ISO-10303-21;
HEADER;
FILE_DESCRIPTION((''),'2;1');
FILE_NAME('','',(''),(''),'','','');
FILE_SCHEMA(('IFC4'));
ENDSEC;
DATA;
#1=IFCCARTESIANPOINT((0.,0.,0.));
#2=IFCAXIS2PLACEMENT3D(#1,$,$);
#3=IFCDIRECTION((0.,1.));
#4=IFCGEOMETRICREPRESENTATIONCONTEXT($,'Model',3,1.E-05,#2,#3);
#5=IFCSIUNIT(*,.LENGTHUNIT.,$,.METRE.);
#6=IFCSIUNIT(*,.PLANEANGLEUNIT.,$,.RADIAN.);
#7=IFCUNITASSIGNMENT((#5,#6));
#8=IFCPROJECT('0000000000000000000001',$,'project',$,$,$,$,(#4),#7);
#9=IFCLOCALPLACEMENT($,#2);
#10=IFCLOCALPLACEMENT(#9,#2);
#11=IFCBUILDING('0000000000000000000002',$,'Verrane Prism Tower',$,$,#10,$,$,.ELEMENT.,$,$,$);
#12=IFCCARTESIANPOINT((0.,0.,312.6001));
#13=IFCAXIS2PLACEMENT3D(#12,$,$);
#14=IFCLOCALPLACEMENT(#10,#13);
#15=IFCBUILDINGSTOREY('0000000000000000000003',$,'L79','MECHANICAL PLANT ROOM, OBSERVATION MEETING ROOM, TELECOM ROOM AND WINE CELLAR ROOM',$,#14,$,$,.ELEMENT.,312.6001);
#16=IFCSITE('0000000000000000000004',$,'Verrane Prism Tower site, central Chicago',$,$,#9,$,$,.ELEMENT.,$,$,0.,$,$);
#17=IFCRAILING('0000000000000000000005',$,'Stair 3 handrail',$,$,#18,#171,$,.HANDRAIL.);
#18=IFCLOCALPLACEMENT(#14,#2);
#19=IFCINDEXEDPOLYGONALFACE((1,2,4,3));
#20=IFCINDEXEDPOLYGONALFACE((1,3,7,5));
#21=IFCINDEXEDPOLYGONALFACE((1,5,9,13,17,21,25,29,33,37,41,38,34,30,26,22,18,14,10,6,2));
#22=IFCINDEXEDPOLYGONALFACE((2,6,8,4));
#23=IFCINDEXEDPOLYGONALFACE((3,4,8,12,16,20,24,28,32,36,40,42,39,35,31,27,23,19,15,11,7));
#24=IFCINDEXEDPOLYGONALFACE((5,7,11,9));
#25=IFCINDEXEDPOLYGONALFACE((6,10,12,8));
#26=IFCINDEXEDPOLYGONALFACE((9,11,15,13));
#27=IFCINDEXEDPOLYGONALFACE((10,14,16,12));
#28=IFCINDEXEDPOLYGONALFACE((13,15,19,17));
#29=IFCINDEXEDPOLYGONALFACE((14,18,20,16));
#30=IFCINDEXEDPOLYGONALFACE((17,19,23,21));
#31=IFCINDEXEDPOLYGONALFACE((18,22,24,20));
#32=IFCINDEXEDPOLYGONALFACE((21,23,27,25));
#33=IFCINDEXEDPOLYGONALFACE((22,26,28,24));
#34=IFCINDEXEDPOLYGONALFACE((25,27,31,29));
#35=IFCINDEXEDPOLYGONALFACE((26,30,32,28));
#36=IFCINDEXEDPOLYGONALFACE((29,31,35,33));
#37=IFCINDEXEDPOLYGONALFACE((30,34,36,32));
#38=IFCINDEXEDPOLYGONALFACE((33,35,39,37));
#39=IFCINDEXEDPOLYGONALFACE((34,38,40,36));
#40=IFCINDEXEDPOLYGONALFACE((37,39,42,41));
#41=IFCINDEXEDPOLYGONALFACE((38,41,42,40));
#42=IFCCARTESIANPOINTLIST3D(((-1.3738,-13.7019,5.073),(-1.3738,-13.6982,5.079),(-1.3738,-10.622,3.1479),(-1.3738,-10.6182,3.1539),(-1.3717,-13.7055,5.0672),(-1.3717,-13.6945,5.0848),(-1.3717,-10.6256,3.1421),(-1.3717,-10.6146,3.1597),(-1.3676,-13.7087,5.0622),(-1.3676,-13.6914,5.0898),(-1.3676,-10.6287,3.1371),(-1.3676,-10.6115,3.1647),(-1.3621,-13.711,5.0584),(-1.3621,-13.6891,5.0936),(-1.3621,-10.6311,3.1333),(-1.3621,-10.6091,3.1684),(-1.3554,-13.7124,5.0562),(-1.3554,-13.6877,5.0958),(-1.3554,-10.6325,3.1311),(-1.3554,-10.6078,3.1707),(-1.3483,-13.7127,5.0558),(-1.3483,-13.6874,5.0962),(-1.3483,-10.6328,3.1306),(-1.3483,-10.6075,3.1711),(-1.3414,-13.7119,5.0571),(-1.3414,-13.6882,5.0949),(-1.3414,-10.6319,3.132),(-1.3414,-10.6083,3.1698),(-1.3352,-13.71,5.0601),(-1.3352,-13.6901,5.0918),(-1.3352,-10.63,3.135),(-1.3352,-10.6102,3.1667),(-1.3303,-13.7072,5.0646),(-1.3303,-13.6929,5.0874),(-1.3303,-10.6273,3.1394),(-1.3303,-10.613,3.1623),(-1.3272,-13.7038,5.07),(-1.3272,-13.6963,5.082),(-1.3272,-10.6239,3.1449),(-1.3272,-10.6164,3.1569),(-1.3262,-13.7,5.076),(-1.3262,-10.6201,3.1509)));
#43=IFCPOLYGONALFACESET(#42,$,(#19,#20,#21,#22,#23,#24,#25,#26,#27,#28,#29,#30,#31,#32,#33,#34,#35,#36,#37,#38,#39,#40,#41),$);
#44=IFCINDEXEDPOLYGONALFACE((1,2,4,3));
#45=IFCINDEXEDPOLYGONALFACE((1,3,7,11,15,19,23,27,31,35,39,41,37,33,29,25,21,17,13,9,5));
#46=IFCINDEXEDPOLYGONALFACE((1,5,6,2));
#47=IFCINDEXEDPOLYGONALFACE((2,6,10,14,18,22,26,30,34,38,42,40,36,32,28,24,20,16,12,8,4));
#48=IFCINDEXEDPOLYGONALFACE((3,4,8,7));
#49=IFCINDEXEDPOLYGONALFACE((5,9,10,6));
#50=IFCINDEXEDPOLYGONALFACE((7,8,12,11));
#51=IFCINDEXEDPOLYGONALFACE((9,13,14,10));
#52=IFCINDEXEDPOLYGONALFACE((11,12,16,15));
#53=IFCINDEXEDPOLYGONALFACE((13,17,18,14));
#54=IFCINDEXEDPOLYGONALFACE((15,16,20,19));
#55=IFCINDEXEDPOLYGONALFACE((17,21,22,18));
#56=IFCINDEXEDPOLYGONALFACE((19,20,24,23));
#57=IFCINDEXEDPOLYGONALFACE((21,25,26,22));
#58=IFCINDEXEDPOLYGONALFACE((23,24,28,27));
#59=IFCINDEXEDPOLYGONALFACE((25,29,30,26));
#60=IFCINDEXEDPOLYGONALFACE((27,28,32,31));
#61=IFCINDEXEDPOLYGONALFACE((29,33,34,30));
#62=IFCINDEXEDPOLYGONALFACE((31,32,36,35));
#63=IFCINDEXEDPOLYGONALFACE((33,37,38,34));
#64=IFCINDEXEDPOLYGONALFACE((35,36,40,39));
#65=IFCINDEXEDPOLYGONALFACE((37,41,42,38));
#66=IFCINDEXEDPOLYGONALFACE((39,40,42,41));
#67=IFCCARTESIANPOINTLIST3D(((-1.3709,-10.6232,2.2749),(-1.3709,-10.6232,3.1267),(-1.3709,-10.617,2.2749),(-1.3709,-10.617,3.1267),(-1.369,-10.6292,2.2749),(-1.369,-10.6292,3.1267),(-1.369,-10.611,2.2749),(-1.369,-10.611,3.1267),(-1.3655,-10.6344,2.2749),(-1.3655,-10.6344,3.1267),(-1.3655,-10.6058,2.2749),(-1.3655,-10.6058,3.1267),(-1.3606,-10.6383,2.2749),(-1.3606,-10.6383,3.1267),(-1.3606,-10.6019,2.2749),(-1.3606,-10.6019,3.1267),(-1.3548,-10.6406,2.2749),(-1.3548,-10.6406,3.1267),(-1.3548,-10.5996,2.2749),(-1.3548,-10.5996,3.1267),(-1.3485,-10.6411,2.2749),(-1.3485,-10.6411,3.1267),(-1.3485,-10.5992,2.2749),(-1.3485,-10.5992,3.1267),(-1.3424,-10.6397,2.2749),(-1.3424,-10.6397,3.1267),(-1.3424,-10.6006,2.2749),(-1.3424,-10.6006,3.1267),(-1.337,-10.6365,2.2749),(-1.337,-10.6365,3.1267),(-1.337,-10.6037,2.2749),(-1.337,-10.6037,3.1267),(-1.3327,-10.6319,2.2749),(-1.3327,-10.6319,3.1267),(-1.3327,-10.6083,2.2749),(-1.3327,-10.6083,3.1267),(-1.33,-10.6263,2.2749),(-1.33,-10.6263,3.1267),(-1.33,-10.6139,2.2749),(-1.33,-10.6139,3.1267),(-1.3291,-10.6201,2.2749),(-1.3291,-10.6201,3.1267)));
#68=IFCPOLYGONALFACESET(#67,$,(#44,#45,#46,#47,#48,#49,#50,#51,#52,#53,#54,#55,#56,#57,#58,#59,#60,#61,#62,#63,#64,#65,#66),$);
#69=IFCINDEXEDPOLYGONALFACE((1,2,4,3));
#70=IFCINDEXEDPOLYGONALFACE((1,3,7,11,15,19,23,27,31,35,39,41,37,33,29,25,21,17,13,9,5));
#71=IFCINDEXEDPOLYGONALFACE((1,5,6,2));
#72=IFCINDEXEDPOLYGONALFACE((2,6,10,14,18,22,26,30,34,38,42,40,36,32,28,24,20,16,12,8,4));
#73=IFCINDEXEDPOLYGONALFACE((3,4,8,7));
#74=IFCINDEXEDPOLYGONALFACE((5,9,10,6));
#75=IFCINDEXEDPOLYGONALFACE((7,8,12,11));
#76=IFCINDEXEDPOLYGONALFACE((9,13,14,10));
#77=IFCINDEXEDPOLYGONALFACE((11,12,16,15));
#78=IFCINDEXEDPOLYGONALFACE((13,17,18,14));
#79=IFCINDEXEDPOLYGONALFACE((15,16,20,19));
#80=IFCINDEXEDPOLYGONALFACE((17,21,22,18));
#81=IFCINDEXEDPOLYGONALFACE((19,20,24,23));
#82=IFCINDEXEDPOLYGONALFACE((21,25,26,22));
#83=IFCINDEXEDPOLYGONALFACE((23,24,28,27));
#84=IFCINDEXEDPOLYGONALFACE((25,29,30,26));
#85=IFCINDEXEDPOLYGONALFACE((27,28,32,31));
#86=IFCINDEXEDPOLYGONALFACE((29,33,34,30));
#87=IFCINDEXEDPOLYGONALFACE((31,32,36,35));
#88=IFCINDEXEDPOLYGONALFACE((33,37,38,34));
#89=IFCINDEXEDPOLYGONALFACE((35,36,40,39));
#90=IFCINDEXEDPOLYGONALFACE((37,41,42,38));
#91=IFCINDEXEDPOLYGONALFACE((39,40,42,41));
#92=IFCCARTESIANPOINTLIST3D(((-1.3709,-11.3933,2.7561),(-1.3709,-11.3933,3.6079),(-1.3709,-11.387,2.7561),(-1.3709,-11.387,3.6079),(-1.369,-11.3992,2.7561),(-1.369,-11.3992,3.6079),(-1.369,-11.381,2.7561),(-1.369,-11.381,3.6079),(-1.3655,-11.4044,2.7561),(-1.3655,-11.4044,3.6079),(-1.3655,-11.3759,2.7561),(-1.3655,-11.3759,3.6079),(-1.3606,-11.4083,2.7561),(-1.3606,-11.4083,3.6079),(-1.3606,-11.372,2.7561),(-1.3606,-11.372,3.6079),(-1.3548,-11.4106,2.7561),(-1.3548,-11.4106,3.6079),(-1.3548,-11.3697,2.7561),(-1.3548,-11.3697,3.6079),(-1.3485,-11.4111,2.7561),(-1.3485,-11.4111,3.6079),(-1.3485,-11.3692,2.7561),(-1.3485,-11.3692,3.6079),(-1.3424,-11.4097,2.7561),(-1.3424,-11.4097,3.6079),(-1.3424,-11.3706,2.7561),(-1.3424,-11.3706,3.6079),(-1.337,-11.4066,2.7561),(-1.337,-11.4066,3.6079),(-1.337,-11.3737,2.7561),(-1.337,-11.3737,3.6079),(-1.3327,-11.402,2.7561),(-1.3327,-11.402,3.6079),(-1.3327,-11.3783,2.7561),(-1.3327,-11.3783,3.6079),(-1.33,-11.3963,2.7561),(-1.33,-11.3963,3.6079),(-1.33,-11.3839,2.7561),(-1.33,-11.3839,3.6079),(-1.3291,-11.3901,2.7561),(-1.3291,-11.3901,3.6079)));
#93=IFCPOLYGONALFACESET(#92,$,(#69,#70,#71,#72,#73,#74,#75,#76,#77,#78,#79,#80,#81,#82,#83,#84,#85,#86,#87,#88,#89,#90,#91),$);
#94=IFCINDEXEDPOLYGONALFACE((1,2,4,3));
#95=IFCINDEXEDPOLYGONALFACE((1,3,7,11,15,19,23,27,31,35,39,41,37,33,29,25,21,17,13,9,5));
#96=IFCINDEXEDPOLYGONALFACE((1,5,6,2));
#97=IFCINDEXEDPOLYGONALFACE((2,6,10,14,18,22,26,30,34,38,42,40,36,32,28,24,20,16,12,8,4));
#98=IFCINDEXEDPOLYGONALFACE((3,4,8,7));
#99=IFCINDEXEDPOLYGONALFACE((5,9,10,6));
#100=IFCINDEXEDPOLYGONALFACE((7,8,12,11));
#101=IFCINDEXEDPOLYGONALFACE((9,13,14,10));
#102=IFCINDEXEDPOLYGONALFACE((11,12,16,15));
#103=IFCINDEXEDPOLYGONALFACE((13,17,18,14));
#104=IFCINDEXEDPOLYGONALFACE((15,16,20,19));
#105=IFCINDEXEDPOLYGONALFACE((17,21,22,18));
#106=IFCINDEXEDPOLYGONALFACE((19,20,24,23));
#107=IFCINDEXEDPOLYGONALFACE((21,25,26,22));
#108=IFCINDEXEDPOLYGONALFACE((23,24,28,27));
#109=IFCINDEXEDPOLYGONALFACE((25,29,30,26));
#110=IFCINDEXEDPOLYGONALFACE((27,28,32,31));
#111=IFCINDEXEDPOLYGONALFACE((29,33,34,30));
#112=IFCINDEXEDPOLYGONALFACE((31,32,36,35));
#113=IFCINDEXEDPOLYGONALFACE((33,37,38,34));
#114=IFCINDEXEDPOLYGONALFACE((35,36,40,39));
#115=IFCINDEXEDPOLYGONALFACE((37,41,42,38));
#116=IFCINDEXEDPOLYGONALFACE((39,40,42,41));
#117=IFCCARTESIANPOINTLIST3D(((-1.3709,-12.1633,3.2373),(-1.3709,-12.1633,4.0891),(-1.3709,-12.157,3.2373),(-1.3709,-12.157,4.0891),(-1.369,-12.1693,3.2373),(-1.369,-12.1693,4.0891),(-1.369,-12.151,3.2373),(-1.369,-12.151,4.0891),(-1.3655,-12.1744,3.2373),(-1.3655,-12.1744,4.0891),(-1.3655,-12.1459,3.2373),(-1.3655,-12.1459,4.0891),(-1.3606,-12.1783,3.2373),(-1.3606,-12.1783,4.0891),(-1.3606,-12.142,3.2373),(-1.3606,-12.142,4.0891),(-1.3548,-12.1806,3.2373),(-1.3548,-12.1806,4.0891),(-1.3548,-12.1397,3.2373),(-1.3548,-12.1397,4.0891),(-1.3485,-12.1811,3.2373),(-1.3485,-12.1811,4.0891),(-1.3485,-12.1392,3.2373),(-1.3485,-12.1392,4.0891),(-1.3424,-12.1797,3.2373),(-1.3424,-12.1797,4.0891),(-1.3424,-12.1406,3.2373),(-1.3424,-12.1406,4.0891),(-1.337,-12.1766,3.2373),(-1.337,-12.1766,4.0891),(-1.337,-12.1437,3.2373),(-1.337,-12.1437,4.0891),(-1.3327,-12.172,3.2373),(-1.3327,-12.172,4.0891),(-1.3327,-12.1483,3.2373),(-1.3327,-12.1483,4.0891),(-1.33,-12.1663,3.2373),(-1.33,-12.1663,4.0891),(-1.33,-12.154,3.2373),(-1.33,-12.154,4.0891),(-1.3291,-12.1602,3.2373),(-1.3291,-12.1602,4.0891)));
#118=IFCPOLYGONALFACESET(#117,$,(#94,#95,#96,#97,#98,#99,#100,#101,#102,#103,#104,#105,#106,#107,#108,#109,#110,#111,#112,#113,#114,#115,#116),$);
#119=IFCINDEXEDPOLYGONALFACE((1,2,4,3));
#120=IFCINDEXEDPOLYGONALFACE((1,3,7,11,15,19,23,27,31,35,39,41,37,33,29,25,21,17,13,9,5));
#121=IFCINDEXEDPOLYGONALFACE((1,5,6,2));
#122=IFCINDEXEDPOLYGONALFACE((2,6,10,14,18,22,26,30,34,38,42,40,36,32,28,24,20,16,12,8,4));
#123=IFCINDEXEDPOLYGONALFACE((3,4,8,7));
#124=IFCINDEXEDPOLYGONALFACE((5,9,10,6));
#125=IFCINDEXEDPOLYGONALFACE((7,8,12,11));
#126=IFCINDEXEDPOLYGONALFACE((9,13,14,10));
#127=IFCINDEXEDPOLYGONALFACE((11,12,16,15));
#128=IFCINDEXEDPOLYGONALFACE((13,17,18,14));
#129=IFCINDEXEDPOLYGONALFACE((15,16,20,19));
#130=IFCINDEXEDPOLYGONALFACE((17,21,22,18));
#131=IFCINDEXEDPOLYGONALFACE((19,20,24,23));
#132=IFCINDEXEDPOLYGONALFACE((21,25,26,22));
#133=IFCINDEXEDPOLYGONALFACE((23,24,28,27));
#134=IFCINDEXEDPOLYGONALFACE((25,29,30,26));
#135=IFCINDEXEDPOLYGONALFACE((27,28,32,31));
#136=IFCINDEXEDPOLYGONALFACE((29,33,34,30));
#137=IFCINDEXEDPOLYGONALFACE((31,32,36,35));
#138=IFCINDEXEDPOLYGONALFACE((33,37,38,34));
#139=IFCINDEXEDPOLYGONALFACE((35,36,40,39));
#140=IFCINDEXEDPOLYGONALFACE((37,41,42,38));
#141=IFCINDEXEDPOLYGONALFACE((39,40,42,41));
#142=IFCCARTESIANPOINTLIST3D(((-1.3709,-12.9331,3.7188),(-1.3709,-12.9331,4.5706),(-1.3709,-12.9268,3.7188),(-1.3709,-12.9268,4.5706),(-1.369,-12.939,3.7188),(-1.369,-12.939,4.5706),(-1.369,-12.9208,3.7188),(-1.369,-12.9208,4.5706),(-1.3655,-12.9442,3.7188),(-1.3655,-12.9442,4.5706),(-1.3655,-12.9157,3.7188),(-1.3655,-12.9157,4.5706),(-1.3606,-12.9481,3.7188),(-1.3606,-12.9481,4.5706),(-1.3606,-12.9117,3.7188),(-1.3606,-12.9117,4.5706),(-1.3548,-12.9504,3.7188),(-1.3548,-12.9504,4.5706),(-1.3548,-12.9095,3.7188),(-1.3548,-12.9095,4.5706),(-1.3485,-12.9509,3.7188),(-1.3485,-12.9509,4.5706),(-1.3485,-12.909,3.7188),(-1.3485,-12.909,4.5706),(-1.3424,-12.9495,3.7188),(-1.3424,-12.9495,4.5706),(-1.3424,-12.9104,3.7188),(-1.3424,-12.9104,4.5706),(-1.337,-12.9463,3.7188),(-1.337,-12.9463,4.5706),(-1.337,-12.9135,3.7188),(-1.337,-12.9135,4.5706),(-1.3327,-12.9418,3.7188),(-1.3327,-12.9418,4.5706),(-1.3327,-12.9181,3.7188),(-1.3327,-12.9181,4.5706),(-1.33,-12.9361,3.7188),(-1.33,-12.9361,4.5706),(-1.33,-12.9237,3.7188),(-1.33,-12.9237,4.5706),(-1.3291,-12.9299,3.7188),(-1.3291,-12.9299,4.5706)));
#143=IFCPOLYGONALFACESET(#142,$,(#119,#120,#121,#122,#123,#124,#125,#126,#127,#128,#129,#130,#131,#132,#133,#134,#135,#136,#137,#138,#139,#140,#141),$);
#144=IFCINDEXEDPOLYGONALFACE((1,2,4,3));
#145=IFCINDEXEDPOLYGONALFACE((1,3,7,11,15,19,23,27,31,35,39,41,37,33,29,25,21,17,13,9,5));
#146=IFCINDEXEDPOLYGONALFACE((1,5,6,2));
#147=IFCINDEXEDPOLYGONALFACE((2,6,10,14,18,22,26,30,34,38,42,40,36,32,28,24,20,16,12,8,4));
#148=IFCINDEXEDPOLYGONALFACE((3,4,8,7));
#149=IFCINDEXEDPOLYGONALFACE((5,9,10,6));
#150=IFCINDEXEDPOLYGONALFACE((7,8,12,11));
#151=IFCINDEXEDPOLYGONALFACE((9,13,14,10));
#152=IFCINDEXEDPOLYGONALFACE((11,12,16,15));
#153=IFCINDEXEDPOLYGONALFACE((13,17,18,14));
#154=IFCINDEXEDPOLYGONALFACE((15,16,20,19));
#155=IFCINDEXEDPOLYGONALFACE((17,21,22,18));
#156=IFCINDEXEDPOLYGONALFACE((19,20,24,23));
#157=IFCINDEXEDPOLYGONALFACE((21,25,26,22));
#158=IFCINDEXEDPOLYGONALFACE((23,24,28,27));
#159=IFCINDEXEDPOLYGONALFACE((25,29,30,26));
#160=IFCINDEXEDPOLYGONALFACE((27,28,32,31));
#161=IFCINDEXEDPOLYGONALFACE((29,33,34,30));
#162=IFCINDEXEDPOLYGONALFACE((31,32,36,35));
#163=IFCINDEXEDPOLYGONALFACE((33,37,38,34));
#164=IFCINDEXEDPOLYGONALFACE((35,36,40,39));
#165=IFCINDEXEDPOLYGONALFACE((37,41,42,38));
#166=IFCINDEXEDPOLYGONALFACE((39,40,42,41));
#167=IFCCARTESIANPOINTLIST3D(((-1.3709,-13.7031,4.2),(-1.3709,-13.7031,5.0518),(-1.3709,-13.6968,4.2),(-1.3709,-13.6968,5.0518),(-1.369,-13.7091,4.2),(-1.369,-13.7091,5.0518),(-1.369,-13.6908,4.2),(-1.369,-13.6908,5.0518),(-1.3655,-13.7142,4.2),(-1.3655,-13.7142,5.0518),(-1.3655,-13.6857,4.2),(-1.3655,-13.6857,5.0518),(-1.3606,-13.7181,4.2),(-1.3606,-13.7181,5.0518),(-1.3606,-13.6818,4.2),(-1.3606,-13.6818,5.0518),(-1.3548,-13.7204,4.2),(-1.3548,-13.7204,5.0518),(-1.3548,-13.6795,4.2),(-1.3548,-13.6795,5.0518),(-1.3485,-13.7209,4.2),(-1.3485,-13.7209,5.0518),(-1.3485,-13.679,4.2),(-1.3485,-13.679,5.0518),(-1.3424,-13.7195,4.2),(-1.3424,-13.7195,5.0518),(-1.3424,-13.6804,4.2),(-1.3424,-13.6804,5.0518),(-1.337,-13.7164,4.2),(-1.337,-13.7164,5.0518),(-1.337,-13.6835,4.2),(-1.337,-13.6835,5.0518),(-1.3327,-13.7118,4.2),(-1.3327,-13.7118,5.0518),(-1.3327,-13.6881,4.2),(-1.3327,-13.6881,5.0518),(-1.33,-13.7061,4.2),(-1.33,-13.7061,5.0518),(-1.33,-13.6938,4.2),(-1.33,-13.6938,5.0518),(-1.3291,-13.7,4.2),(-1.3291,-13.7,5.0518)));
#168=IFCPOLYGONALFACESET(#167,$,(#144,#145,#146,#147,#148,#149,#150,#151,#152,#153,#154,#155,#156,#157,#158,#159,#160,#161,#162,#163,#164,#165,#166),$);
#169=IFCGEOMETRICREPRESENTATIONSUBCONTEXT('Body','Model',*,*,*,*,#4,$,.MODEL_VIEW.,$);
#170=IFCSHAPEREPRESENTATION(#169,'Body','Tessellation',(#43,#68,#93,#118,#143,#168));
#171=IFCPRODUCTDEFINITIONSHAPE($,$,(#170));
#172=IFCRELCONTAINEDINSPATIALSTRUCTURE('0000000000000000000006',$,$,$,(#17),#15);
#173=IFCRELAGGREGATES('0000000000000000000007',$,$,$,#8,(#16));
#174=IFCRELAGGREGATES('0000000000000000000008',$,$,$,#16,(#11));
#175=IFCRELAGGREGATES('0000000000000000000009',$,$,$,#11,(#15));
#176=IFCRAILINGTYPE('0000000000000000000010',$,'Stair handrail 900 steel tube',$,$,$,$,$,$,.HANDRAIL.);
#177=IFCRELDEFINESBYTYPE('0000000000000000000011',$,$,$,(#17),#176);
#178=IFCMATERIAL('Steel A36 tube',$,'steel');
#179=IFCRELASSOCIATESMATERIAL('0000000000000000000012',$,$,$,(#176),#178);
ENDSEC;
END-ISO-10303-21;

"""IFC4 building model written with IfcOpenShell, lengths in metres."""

from ifc_helpers import new_model, si_unit, direction, frame, origin, origin_2d, place, context, subcontext, project, spatial, circle, extrude, material, type_object, element, save


model = new_model("IFC4")

# Units and contexts
model_context = context("Model", 3, precision=1e-05, world=origin(), true_north=direction((0.0, 1.0)))
body_context = subcontext(model_context, "Body", "Model", "MODEL_VIEW")
ifc_project = project(units=[si_unit("LENGTHUNIT", "METRE"), si_unit("PLANEANGLEUNIT", "RADIAN")], contexts=[model_context])

# Site, building, storey
site_placement = place(None, origin())
site = spatial("IfcSite", under=ifc_project, at=site_placement, Name="Verrane Prism Tower site, central Chicago", CompositionType="ELEMENT", RefElevation=0.0)
building_placement = place(site_placement, origin())
building = spatial("IfcBuilding", under=site, at=building_placement, Name="Verrane Prism Tower", CompositionType="ELEMENT")
storey_placement = place(building_placement, frame((0.0, 0.0, 312.6001)))
storey = spatial("IfcBuildingStorey", under=building, at=storey_placement, Name="L79", Description="MECHANICAL PLANT ROOM, OBSERVATION MEETING ROOM, TELECOM ROOM AND WINE CELLAR ROOM", CompositionType="ELEMENT", Elevation=312.6001)

# Railing
ifc_material_1 = material(Name="Steel A36 tube", Category="steel")
railing_type = type_object("IfcRailingType", Name="Stair handrail 900 steel tube", PredefinedType="HANDRAIL", material=ifc_material_1)
railing_placement = place(storey_placement, frame((-1.3501, -10.6201, 2.2749)))
element("IfcRailing", 1, at=railing_placement, inside=storey, type_object=railing_type, Name="Stair 3 handrail", PredefinedType="HANDRAIL", context=body_context, shape_type="SweptSolid", body=[
    extrude(circle(Radius=0.0239, at=origin_2d()), frame((0.0, 0.0, 0.876), z_axis=(0.0, -0.847979, 0.530029), x_axis=(1.0, 0.0, 0.0)), (0.0, 0.0, 1.0), 3.6321),
    extrude(circle(Radius=0.021, at=origin_2d()), origin(), (0.0, 0.0, 1.0), 0.8518),
    extrude(circle(Radius=0.021, at=origin_2d()), frame((0.0, -0.77, 0.4812)), (0.0, 0.0, 1.0), 0.8518),
    extrude(circle(Radius=0.021, at=origin_2d()), frame((0.0, -1.54, 0.9624)), (0.0, 0.0, 1.0), 0.8518),
    extrude(circle(Radius=0.021, at=origin_2d()), frame((0.0, -2.3098, 1.4438)), (0.0, 0.0, 1.0), 0.8518),
    extrude(circle(Radius=0.021, at=origin_2d()), frame((0.0, -3.0798, 1.925)), (0.0, 0.0, 1.0), 0.8518),
])

save(model, "model.ifc")
